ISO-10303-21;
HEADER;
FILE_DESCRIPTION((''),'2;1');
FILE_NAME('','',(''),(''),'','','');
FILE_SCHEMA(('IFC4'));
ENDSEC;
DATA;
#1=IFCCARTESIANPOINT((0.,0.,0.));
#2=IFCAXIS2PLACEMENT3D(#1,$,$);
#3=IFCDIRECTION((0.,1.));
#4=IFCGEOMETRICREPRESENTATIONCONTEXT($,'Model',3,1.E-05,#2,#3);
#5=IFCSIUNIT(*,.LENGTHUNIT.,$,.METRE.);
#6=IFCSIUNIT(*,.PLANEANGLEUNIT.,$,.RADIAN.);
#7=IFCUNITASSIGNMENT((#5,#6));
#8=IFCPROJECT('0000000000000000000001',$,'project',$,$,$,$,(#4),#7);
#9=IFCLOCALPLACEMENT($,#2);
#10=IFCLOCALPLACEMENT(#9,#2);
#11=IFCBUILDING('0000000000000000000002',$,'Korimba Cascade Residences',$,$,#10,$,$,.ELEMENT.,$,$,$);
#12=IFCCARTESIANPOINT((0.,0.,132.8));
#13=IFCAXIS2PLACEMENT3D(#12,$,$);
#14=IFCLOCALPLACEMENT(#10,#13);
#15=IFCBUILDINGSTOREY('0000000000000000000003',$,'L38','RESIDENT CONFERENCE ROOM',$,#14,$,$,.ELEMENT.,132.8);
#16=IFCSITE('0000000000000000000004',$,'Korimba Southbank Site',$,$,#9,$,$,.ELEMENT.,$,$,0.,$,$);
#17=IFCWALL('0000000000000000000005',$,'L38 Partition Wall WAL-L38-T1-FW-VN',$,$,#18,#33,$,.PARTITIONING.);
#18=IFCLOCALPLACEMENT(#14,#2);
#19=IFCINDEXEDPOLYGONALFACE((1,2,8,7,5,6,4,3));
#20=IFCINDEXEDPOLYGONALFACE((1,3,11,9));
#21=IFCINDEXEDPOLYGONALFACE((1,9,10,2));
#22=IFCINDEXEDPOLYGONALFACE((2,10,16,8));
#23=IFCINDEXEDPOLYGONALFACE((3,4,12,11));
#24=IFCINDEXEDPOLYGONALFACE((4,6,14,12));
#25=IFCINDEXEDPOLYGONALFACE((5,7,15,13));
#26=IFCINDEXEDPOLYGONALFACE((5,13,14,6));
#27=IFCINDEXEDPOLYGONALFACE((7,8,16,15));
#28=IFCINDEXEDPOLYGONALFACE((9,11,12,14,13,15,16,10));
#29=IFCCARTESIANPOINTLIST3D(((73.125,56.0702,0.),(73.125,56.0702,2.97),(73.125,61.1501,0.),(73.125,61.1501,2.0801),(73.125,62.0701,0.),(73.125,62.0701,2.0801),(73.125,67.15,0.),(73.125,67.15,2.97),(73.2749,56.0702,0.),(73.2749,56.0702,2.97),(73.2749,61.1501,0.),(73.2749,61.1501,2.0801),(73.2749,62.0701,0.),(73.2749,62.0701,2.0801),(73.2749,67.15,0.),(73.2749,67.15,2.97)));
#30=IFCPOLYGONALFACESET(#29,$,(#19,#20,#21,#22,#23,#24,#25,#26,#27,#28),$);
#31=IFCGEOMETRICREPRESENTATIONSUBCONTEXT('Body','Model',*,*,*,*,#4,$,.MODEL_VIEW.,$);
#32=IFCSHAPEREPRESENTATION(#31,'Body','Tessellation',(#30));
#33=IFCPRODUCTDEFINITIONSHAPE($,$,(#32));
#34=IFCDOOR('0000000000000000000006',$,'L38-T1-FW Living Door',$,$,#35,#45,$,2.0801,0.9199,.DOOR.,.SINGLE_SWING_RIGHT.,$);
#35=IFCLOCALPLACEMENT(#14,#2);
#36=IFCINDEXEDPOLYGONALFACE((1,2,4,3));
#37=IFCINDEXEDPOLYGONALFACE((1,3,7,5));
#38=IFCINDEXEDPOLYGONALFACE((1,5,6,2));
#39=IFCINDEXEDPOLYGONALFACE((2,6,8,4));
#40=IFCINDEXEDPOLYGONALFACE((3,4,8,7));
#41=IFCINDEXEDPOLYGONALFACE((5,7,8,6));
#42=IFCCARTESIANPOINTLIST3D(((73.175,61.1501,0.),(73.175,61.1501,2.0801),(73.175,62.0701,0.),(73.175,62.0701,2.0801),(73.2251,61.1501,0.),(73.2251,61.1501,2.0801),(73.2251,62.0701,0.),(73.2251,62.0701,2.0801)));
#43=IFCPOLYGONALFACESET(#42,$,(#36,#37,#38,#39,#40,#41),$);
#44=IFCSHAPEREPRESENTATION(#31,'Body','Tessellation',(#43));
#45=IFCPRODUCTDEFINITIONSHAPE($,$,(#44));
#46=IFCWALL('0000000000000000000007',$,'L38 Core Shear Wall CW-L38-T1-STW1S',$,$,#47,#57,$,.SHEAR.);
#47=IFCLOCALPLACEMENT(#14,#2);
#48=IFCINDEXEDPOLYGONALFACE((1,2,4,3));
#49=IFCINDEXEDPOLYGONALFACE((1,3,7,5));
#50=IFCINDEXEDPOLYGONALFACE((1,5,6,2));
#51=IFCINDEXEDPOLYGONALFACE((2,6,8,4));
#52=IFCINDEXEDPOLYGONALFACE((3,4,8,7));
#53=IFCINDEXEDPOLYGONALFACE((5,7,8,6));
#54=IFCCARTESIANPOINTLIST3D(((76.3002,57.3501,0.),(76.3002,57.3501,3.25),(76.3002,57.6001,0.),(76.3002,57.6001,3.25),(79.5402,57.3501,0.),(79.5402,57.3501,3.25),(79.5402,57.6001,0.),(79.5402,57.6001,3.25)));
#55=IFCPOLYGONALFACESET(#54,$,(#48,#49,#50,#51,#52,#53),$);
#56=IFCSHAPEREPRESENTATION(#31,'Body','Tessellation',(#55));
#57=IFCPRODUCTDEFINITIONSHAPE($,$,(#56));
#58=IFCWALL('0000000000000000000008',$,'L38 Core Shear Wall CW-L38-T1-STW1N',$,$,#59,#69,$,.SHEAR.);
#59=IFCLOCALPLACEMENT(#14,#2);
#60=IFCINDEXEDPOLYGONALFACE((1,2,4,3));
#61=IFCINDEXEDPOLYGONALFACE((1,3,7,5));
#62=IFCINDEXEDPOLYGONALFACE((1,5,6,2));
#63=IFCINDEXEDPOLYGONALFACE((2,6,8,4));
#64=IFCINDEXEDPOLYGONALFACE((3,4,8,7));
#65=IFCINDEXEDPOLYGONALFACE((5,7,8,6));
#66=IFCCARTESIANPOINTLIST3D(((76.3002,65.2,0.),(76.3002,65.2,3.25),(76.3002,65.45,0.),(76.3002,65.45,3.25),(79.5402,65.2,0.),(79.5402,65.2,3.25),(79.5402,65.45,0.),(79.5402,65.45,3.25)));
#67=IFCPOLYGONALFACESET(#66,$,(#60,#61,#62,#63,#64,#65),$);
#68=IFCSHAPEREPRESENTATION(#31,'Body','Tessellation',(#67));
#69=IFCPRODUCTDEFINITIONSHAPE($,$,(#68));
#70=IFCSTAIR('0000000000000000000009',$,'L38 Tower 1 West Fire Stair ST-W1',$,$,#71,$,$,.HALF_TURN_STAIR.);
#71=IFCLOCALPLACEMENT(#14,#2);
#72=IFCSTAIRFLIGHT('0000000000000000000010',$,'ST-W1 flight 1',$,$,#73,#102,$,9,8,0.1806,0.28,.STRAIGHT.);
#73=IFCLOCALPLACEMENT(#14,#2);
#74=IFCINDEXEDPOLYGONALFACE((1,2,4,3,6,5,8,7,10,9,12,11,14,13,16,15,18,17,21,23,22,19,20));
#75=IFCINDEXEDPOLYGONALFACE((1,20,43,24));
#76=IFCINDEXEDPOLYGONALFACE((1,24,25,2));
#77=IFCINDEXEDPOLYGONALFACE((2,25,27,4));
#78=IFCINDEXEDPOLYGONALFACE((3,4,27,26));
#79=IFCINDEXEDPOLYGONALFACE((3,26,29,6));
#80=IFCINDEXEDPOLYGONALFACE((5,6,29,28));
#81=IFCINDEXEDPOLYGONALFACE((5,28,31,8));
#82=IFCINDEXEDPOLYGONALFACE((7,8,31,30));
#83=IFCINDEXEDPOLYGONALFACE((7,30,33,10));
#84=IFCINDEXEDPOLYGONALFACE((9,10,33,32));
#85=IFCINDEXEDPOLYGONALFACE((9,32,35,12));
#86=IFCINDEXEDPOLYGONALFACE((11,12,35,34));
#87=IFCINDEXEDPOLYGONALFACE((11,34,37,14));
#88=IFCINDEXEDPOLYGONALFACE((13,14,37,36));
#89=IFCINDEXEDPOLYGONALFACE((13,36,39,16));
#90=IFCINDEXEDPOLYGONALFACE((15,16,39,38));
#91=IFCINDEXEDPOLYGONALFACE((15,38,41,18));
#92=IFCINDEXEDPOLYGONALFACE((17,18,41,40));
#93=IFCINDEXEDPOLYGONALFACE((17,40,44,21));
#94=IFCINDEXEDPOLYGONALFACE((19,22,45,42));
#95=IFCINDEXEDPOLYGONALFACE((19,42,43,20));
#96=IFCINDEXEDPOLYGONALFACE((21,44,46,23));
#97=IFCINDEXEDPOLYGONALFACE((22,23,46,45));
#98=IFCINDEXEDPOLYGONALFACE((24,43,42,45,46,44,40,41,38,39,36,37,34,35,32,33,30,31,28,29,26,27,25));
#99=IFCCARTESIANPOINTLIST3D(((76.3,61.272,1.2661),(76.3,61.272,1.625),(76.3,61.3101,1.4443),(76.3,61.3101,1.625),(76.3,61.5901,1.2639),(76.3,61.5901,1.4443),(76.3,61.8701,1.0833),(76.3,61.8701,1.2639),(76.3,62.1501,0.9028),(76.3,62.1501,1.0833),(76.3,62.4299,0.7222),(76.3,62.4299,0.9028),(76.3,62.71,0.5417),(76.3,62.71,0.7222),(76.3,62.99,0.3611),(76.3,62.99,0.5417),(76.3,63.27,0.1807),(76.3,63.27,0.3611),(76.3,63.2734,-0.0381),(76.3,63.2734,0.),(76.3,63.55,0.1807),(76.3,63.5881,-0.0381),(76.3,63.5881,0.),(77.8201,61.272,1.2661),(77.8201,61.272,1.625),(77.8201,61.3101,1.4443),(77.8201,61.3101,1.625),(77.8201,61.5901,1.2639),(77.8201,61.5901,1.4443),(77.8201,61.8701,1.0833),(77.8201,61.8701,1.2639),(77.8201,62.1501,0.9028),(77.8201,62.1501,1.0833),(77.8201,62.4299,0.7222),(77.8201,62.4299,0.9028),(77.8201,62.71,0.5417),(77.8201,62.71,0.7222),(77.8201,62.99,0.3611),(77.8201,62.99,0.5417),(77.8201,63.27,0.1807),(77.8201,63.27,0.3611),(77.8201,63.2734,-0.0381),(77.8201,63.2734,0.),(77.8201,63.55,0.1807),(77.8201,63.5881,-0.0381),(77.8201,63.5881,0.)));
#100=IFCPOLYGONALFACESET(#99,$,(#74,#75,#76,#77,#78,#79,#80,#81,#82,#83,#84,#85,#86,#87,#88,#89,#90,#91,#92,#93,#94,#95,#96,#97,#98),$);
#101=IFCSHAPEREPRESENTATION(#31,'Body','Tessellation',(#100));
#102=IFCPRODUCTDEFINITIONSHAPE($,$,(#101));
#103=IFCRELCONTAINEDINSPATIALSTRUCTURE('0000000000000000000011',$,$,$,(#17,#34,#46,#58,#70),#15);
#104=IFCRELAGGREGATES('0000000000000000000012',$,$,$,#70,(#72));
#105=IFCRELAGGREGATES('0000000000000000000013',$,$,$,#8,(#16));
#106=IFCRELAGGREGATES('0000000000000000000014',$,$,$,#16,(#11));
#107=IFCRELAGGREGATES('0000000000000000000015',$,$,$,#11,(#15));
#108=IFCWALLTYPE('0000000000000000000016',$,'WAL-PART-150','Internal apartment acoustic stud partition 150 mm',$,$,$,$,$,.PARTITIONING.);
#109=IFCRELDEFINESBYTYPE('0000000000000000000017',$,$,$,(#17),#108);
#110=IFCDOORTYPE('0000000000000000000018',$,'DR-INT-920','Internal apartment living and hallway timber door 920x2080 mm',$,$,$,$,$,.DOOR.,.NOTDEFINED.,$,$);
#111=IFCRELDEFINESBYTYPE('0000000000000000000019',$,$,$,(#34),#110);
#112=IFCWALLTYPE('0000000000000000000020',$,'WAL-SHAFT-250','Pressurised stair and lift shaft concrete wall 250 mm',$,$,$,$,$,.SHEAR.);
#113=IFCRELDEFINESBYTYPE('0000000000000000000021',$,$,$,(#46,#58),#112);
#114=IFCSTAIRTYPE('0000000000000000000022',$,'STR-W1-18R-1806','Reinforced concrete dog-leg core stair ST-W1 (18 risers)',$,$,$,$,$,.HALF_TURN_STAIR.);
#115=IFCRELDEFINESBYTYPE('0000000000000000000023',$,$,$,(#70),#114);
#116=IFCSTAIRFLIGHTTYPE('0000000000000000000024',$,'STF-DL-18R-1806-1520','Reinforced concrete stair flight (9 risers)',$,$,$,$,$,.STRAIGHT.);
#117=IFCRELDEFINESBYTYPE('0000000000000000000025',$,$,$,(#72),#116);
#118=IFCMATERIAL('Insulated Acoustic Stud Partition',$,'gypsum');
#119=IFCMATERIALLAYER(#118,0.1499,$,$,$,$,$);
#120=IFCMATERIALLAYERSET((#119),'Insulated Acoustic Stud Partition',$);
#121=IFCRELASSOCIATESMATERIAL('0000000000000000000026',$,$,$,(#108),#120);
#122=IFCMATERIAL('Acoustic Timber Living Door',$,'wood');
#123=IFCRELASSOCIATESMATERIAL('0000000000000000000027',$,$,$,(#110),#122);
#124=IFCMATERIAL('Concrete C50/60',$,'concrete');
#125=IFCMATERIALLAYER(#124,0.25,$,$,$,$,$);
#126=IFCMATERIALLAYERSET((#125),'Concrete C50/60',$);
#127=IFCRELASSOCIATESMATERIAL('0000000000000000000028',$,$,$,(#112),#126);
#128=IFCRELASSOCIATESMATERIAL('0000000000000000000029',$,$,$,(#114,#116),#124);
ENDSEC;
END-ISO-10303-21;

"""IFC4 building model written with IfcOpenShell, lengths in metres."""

from ifc_helpers import new_model, si_unit, direction, frame, frame_2d, origin, place, context, subcontext, project, spatial, polyline, rectangle, outline, extrude, material, layer, layer_set, type_object, element, fill, aggregate, save


model = new_model("IFC4")

# Units and contexts
model_context = context("Model", 3, precision=1e-05, world=origin(), true_north=direction((0.0, 1.0)))
body_context = subcontext(model_context, "Body", "Model", "MODEL_VIEW")
ifc_project = project(units=[si_unit("LENGTHUNIT", "METRE"), si_unit("PLANEANGLEUNIT", "RADIAN")], contexts=[model_context])

# Site, building, storey
site_placement = place(None, origin())
site = spatial("IfcSite", under=ifc_project, at=site_placement, Name="Korimba Southbank Site", CompositionType="ELEMENT", RefElevation=0.0)
building_placement = place(site_placement, origin())
building = spatial("IfcBuilding", under=site, at=building_placement, Name="Korimba Cascade Residences", CompositionType="ELEMENT")
storey_placement = place(building_placement, frame((0.0, 0.0, 132.8)))
storey = spatial("IfcBuildingStorey", under=building, at=storey_placement, Name="L38", Description="RESIDENT CONFERENCE ROOM", CompositionType="ELEMENT", Elevation=132.8)

# Wall, opening, door
ifc_material_1 = material(Name="Insulated Acoustic Stud Partition", Category="gypsum")
ifc_layer_1 = layer(ifc_material_1, 0.1499)
ifc_layer_set_1 = layer_set([ifc_layer_1], Name="Insulated Acoustic Stud Partition")
wall_type_1 = type_object("IfcWallType", Name="WAL-PART-150", Description="Internal apartment acoustic stud partition 150 mm", PredefinedType="PARTITIONING", material=ifc_layer_set_1)
wall_1_placement = place(storey_placement, frame((73.2, 56.0701, 0.0), z_axis=(0.0, 0.0, 1.0), x_axis=(0.0, 1.0, 0.0)))
wall_1 = element("IfcWall", 1, at=wall_1_placement, inside=storey, type_object=wall_type_1, Name="L38 Partition Wall WAL-L38-T1-FW-VN", PredefinedType="PARTITIONING", context=body_context, shape_type="SweptSolid", body=[
    extrude(rectangle(XDim=11.0798, YDim=0.1499, at=frame_2d((5.54, 0.0))), origin(), (0.0, 0.0, 1.0), 2.97),
])
opening_1_placement = place(wall_1_placement, frame((5.0801, 0.0, 0.0)))
opening_1 = element("IfcOpeningElement", 2, at=opening_1_placement, cuts=wall_1, PredefinedType="OPENING", context=body_context, shape_type="SweptSolid", body=[
    extrude(rectangle(XDim=0.9199, YDim=2.0801, at=frame_2d((0.46, 1.04))), frame((0.0, 0.085, 0.0), z_axis=(0.0, -1.0, 0.0), x_axis=(1.0, 0.0, 0.0)), (0.0, 0.0, 1.0), 0.1699),
])
ifc_material_2 = material(Name="Acoustic Timber Living Door", Category="wood")
door_type_1 = type_object("IfcDoorType", Name="DR-INT-920", Description="Internal apartment living and hallway timber door 920x2080 mm", OperationType="NOTDEFINED", PredefinedType="DOOR", material=ifc_material_2)
door_1_placement = place(opening_1_placement, origin())
door_1 = element("IfcDoor", 3, at=door_1_placement, inside=storey, type_object=door_type_1, Name="L38-T1-FW Living Door", OperationType="SINGLE_SWING_RIGHT", OverallHeight=2.0801, OverallWidth=0.9199, PredefinedType="DOOR", context=body_context, shape_type="SweptSolid", body=[
    extrude(rectangle(XDim=0.9199, YDim=2.0801, at=frame_2d((0.46, 1.04))), frame((0.0, 0.0249, 0.0), z_axis=(0.0, -1.0, 0.0), x_axis=(1.0, 0.0, 0.0)), (0.0, 0.0, 1.0), 0.05),
])
fill(opening_1, door_1)

# Walls
ifc_material_3 = material(Name="Concrete C50/60", Category="concrete")
ifc_layer_2 = layer(ifc_material_3, 0.25)
ifc_layer_set_2 = layer_set([ifc_layer_2], Name="Concrete C50/60")
wall_type_2 = type_object("IfcWallType", Name="WAL-SHAFT-250", Description="Pressurised stair and lift shaft concrete wall 250 mm", PredefinedType="SHEAR", material=ifc_layer_set_2)
for number, where, z_axis, x_axis, name in (
    (4, (76.3, 57.4751, 0.0), (0.0, 0.0, 1.0), (1.0, 0.0, 0.0), "L38 Core Shear Wall CW-L38-T1-STW1S"),
    (5, (76.3, 65.325, 0.0), (0.0, 0.0, 1.0), (1.0, 0.0, 0.0), "L38 Core Shear Wall CW-L38-T1-STW1N"),
):
    element("IfcWall", number, at=place(storey_placement, frame(where, z_axis=z_axis, x_axis=x_axis)), inside=storey, type_object=wall_type_2, Name=name, PredefinedType="SHEAR", context=body_context, shape_type="SweptSolid", body=[
        extrude(rectangle(XDim=3.24, YDim=0.25, at=frame_2d((1.6201, 0.0))), origin(), (0.0, 0.0, 1.0), 3.25),
    ])

# Stair, stair flight
stair_type = type_object("IfcStairType", Name="STR-W1-18R-1806", Description="Reinforced concrete dog-leg core stair ST-W1 (18 risers)", PredefinedType="HALF_TURN_STAIR", material=ifc_material_3)
stair_placement = place(storey_placement, origin())
stair = element("IfcStair", 6, at=stair_placement, inside=storey, type_object=stair_type, Name="L38 Tower 1 West Fire Stair ST-W1", PredefinedType="HALF_TURN_STAIR")
stair_flight_type = type_object("IfcStairFlightType", Name="STF-DL-18R-1806-1520", Description="Reinforced concrete stair flight (9 risers)", PredefinedType="STRAIGHT", material=ifc_material_3)
stair_flight_placement = place(storey_placement, frame((77.0601, 63.55, 0.0), z_axis=(0.0, 0.0, 1.0), x_axis=(0.0, -1.0, 0.0)))
stair_flight = element("IfcStairFlight", 7, at=stair_flight_placement, type_object=stair_flight_type, Name="ST-W1 flight 1", NumberOfRisers=9, NumberOfTreads=8, PredefinedType="STRAIGHT", RiserHeight=0.1806, TreadLength=0.28, context=body_context, shape_type="SweptSolid", body=[
    extrude(outline(polyline([(-0.0381, 0.0), (0.0, 0.1807), (0.28, 0.1807), (0.28, 0.3611), (0.5601, 0.3611), (0.5601, 0.5417), (0.8401, 0.5417), (0.8401, 0.7222), (1.1201, 0.7222), (1.1201, 0.9028), (1.3999, 0.9028), (1.3999, 1.0833), (1.6799, 1.0833), (1.6799, 1.2639), (1.96, 1.2639), (1.96, 1.4443), (2.24, 1.4443), (2.24, 1.625), (2.2781, 1.625), (2.2781, 1.2661), (0.2766, 0.0), (0.2766, -0.0381), (-0.0381, -0.0381), (-0.0381, 0.0)])), frame((0.0, 0.76, 0.0), z_axis=(0.0, -1.0, 0.0), x_axis=(1.0, 0.0, 0.0)), (0.0, 0.0, 1.0), 1.52),
])
aggregate(stair, [stair_flight])

save(model, "model.ifc")
